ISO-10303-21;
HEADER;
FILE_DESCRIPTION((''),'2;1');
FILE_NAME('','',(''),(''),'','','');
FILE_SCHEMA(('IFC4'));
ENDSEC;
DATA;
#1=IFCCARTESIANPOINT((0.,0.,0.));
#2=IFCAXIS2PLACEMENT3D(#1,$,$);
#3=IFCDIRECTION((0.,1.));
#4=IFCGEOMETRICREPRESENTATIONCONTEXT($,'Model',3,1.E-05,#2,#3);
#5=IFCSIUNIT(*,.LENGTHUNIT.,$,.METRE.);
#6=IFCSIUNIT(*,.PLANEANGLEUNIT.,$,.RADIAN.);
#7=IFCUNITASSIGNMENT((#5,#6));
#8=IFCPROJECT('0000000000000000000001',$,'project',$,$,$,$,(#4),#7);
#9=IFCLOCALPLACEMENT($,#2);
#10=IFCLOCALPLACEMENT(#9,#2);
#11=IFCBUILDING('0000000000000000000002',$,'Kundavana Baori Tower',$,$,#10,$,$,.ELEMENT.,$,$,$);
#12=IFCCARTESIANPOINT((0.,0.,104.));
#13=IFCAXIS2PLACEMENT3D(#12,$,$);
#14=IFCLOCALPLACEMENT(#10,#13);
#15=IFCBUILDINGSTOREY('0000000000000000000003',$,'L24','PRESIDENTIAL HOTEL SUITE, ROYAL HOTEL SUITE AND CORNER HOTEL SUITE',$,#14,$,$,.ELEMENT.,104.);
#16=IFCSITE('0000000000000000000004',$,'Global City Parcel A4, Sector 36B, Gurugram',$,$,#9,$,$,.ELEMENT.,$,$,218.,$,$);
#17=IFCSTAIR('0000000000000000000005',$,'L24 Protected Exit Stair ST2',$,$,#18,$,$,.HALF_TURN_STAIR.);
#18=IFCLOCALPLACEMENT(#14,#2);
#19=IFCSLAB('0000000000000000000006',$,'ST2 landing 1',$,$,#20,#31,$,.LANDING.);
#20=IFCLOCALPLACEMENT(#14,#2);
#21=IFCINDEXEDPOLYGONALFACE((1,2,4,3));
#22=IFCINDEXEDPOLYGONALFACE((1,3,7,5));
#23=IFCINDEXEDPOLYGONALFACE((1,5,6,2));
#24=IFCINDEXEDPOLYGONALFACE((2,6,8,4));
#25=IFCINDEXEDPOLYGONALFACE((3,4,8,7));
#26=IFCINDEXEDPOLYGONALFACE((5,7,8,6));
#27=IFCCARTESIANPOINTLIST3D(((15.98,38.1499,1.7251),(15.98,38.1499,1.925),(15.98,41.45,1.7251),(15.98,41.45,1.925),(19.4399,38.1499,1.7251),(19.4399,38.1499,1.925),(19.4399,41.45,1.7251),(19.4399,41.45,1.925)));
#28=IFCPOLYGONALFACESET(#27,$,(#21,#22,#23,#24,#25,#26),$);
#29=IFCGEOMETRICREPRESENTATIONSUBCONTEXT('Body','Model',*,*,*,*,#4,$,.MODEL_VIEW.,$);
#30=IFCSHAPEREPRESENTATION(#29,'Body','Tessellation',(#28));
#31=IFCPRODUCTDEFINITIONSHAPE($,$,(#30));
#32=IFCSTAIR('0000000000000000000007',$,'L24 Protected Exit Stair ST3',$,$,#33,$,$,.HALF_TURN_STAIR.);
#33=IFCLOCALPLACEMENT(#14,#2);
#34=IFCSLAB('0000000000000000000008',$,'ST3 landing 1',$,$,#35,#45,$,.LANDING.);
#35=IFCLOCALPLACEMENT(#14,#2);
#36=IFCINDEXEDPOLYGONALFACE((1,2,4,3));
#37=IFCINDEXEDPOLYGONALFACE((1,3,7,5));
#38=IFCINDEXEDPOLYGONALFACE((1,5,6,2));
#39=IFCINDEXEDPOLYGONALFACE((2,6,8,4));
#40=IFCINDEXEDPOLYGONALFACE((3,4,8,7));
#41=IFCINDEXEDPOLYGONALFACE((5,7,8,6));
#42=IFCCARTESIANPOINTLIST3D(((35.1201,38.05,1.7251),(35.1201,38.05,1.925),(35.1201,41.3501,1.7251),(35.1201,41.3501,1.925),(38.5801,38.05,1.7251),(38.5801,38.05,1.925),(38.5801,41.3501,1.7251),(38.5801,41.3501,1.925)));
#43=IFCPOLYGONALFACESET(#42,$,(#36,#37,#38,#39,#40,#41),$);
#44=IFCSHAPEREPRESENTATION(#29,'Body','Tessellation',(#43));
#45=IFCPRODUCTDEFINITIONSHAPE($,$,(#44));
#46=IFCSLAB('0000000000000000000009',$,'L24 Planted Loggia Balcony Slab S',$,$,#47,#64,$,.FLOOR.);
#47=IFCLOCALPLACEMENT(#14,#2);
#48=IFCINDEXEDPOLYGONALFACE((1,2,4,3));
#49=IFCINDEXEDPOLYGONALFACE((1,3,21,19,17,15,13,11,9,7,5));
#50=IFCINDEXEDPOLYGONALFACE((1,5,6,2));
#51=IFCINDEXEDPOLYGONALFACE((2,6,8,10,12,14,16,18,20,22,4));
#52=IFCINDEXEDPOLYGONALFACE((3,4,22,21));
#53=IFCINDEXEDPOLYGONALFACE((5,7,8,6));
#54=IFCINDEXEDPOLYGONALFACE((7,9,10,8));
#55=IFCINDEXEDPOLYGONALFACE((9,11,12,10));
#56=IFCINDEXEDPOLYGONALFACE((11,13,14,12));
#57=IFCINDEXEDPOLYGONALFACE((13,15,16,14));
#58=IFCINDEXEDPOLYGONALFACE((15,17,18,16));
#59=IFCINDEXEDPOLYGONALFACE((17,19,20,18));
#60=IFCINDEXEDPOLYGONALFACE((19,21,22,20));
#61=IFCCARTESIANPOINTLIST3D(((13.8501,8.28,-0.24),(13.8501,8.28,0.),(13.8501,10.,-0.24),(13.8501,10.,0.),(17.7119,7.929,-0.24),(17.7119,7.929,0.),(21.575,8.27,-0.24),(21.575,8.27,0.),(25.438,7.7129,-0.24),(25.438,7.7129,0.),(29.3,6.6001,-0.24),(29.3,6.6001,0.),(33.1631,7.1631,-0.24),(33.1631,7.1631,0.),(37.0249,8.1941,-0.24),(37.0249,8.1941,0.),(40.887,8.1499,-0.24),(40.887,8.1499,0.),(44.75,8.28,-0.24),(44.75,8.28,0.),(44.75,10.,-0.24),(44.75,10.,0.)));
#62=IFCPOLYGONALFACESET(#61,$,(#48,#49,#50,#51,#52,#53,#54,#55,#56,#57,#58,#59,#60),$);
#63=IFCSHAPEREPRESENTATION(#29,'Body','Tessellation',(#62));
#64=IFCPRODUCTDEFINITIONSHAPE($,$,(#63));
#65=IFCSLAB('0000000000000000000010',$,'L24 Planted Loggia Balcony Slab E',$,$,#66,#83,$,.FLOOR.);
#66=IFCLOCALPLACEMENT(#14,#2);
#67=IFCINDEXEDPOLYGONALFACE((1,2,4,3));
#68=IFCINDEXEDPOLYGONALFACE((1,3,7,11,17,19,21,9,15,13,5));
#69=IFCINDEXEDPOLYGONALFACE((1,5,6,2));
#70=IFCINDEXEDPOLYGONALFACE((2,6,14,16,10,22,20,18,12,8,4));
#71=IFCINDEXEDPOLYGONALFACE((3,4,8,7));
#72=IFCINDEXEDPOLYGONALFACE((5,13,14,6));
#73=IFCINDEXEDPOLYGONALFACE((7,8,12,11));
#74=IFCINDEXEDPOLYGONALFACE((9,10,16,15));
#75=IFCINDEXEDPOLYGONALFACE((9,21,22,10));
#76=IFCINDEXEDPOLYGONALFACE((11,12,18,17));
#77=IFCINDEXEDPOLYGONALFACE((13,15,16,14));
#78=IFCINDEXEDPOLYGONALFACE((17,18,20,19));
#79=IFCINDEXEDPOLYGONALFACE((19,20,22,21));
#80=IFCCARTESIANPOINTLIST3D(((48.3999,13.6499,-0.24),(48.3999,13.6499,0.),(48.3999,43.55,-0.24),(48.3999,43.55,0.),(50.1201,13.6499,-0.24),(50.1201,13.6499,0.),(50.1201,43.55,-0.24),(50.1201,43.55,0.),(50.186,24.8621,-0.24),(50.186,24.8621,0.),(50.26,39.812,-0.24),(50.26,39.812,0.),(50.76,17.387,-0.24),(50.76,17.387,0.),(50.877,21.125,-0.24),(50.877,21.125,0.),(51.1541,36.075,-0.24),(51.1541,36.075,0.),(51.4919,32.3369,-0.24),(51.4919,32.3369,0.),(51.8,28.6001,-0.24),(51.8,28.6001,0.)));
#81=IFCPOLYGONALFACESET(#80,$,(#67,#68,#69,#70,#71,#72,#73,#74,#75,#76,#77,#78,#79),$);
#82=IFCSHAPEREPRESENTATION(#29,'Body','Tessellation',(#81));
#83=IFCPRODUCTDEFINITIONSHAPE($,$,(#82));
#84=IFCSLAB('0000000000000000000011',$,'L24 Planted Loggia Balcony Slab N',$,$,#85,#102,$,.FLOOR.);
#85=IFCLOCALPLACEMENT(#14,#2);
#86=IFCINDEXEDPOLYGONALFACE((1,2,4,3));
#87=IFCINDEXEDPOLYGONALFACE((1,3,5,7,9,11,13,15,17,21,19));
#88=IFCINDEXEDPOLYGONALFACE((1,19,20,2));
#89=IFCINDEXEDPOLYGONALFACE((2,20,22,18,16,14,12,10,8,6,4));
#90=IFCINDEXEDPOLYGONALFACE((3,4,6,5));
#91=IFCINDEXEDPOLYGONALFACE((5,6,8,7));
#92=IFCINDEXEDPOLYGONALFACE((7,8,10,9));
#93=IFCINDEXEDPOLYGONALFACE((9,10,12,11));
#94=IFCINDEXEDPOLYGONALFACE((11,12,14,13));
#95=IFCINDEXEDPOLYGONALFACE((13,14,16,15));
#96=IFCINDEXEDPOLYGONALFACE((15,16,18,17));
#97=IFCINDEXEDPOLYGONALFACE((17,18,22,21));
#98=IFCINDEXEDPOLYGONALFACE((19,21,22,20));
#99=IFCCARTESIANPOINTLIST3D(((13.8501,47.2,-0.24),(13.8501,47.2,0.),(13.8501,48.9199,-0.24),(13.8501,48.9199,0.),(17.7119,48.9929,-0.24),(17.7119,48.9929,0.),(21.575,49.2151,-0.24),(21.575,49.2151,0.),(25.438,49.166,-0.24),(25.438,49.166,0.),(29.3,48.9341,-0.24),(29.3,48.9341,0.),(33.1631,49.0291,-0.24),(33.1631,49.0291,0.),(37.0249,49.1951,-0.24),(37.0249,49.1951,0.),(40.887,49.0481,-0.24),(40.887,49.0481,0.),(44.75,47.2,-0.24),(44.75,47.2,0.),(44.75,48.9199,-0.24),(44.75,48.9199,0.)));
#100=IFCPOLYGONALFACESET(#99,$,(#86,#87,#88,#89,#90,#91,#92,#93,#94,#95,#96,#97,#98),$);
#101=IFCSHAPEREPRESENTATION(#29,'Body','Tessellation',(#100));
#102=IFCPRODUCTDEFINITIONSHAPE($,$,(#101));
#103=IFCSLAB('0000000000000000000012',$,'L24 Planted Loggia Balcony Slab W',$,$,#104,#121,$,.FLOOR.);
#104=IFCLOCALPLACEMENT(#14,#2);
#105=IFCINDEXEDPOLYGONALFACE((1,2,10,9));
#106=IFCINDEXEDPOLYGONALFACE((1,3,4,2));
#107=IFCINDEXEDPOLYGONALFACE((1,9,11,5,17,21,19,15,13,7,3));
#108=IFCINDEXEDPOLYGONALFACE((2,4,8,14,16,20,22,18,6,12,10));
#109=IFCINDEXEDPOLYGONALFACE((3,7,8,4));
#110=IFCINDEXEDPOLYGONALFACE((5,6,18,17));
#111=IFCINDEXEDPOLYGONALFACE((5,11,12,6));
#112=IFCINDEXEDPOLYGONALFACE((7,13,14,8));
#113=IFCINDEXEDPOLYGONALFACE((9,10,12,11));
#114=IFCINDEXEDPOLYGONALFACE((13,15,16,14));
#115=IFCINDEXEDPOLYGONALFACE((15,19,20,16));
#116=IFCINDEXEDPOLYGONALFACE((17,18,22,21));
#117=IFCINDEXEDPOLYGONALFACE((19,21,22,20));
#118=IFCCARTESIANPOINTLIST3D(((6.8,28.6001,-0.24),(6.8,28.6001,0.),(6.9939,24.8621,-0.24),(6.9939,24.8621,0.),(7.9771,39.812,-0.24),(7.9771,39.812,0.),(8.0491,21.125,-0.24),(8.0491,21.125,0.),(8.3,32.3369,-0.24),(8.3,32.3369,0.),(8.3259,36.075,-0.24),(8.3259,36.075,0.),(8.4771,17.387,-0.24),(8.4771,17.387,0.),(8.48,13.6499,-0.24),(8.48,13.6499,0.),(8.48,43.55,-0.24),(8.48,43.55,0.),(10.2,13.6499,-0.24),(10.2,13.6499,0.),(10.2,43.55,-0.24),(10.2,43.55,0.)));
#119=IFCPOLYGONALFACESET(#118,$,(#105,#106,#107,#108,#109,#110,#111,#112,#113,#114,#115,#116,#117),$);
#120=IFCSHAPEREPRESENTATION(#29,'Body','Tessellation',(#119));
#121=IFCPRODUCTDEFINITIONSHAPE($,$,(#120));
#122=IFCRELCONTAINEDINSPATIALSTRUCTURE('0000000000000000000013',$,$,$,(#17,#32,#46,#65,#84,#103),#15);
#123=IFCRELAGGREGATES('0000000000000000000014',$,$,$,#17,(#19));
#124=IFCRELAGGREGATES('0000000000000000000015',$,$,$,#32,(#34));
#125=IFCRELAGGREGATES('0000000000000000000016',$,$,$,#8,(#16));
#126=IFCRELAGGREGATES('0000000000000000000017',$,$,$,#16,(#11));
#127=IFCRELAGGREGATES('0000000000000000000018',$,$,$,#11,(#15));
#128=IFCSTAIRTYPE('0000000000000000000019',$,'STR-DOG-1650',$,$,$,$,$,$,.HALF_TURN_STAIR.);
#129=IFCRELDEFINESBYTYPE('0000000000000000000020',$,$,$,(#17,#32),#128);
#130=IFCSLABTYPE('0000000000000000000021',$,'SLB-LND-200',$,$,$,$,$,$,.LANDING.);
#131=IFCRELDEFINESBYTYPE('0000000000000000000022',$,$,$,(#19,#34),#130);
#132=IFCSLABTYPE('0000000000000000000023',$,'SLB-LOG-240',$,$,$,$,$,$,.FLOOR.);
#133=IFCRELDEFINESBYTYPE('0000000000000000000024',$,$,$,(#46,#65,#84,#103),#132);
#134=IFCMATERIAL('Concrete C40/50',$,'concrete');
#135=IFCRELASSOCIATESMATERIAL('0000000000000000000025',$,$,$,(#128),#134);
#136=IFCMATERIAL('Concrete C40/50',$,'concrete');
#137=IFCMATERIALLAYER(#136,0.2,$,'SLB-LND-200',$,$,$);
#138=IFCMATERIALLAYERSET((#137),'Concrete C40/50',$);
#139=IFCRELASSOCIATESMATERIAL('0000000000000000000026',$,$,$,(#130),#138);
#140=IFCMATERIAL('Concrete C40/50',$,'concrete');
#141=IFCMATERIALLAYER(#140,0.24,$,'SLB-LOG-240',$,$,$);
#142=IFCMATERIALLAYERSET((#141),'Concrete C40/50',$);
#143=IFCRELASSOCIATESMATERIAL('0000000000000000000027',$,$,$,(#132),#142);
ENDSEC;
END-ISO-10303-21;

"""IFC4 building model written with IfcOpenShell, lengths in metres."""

from ifc_helpers import new_model, si_unit, direction, frame, origin, place, context, subcontext, project, spatial, polyline, outline, extrude, material, layer, layer_set, type_object, element, aggregate, save


model = new_model("IFC4")

# Units and contexts
model_context = context("Model", 3, precision=1e-05, world=origin(), true_north=direction((0.0, 1.0)))
body_context = subcontext(model_context, "Body", "Model", "MODEL_VIEW")
ifc_project = project(units=[si_unit("LENGTHUNIT", "METRE"), si_unit("PLANEANGLEUNIT", "RADIAN")], contexts=[model_context])

# Site, building, storey
site_placement = place(None, origin())
site = spatial("IfcSite", under=ifc_project, at=site_placement, Name="Global City Parcel A4, Sector 36B, Gurugram", CompositionType="ELEMENT", RefElevation=218.0)
building_placement = place(site_placement, origin())
building = spatial("IfcBuilding", under=site, at=building_placement, Name="Kundavana Baori Tower", CompositionType="ELEMENT")
storey_placement = place(building_placement, frame((0.0, 0.0, 104.0)))
storey = spatial("IfcBuildingStorey", under=building, at=storey_placement, Name="L24", Description="PRESIDENTIAL HOTEL SUITE, ROYAL HOTEL SUITE AND CORNER HOTEL SUITE", CompositionType="ELEMENT", Elevation=104.0)

# Stairs, slabs
ifc_material_1 = material(Name="Concrete C40/50", Category="concrete")
stair_type = type_object("IfcStairType", Name="STR-DOG-1650", PredefinedType="HALF_TURN_STAIR", material=ifc_material_1)
ifc_material_2 = material(Name="Concrete C40/50", Category="concrete")
ifc_layer_1 = layer(ifc_material_2, 0.2, Name="SLB-LND-200")
ifc_layer_set_1 = layer_set([ifc_layer_1], Name="Concrete C40/50")
slab_type_1 = type_object("IfcSlabType", Name="SLB-LND-200", PredefinedType="LANDING", material=ifc_layer_set_1)
stair_1_placement = place(storey_placement, origin())
stair_1 = element("IfcStair", 1, at=stair_1_placement, inside=storey, type_object=stair_type, Name="L24 Protected Exit Stair ST2", PredefinedType="HALF_TURN_STAIR")
slab_1_placement = place(storey_placement, frame((0.0, 0.0, 1.7251)))
slab_1 = element("IfcSlab", 2, at=slab_1_placement, type_object=slab_type_1, Name="ST2 landing 1", PredefinedType="LANDING", context=body_context, shape_type="SweptSolid", body=[
    extrude(outline(polyline([(19.4399, 38.1499), (19.4399, 41.45), (15.98, 41.45), (15.98, 38.1499), (19.4399, 38.1499)])), origin(), (0.0, 0.0, 1.0), 0.2),
])
aggregate(stair_1, [slab_1])
stair_2_placement = place(storey_placement, origin())
stair_2 = element("IfcStair", 3, at=stair_2_placement, inside=storey, type_object=stair_type, Name="L24 Protected Exit Stair ST3", PredefinedType="HALF_TURN_STAIR")
slab_2_placement = place(storey_placement, frame((0.0, 0.0, 1.7251)))
slab_2 = element("IfcSlab", 4, at=slab_2_placement, type_object=slab_type_1, Name="ST3 landing 1", PredefinedType="LANDING", context=body_context, shape_type="SweptSolid", body=[
    extrude(outline(polyline([(38.5801, 38.05), (38.5801, 41.3501), (35.1201, 41.3501), (35.1201, 38.05), (38.5801, 38.05)])), origin(), (0.0, 0.0, 1.0), 0.2),
])
aggregate(stair_2, [slab_2])

# Slabs
ifc_material_3 = material(Name="Concrete C40/50", Category="concrete")
ifc_layer_2 = layer(ifc_material_3, 0.24, Name="SLB-LOG-240")
ifc_layer_set_2 = layer_set([ifc_layer_2], Name="Concrete C40/50")
slab_type_2 = type_object("IfcSlabType", Name="SLB-LOG-240", PredefinedType="FLOOR", material=ifc_layer_set_2)
slab_3_placement = place(storey_placement, frame((0.0, 0.0, -0.24)))
element("IfcSlab", 5, at=slab_3_placement, inside=storey, type_object=slab_type_2, Name="L24 Planted Loggia Balcony Slab S", PredefinedType="FLOOR", context=body_context, shape_type="SweptSolid", body=[
    extrude(outline(polyline([(13.8501, 10.0), (44.75, 10.0), (44.75, 8.28), (40.887, 8.1499), (37.0249, 8.1941), (33.1631, 7.1631), (29.3, 6.6001), (25.438, 7.7129), (21.575, 8.27), (17.7119, 7.929), (13.8501, 8.28), (13.8501, 10.0)])), origin(), (0.0, 0.0, 1.0), 0.24),
])
slab_4_placement = place(storey_placement, frame((0.0, 0.0, -0.24)))
element("IfcSlab", 6, at=slab_4_placement, inside=storey, type_object=slab_type_2, Name="L24 Planted Loggia Balcony Slab E", PredefinedType="FLOOR", context=body_context, shape_type="SweptSolid", body=[
    extrude(outline(polyline([(48.3999, 13.6499), (48.3999, 43.55), (50.1201, 43.55), (50.26, 39.812), (51.1541, 36.075), (51.4919, 32.3369), (51.8, 28.6001), (50.186, 24.8621), (50.877, 21.125), (50.76, 17.387), (50.1201, 13.6499), (48.3999, 13.6499)])), origin(), (0.0, 0.0, 1.0), 0.24),
])
slab_5_placement = place(storey_placement, frame((0.0, 0.0, -0.24)))
element("IfcSlab", 7, at=slab_5_placement, inside=storey, type_object=slab_type_2, Name="L24 Planted Loggia Balcony Slab N", PredefinedType="FLOOR", context=body_context, shape_type="SweptSolid", body=[
    extrude(outline(polyline([(44.75, 47.2), (13.8501, 47.2), (13.8501, 48.9199), (17.7119, 48.9929), (21.575, 49.2151), (25.438, 49.166), (29.3, 48.9341), (33.1631, 49.0291), (37.0249, 49.1951), (40.887, 49.0481), (44.75, 48.9199), (44.75, 47.2)])), origin(), (0.0, 0.0, 1.0), 0.24),
])
slab_6_placement = place(storey_placement, frame((0.0, 0.0, -0.24)))
element("IfcSlab", 8, at=slab_6_placement, inside=storey, type_object=slab_type_2, Name="L24 Planted Loggia Balcony Slab W", PredefinedType="FLOOR", context=body_context, shape_type="SweptSolid", body=[
    extrude(outline(polyline([(10.2, 43.55), (10.2, 13.6499), (8.48, 13.6499), (8.4771, 17.387), (8.0491, 21.125), (6.9939, 24.8621), (6.8, 28.6001), (8.3, 32.3369), (8.3259, 36.075), (7.9771, 39.812), (8.48, 43.55), (10.2, 43.55)])), origin(), (0.0, 0.0, 1.0), 0.24),
])

save(model, "model.ifc")
